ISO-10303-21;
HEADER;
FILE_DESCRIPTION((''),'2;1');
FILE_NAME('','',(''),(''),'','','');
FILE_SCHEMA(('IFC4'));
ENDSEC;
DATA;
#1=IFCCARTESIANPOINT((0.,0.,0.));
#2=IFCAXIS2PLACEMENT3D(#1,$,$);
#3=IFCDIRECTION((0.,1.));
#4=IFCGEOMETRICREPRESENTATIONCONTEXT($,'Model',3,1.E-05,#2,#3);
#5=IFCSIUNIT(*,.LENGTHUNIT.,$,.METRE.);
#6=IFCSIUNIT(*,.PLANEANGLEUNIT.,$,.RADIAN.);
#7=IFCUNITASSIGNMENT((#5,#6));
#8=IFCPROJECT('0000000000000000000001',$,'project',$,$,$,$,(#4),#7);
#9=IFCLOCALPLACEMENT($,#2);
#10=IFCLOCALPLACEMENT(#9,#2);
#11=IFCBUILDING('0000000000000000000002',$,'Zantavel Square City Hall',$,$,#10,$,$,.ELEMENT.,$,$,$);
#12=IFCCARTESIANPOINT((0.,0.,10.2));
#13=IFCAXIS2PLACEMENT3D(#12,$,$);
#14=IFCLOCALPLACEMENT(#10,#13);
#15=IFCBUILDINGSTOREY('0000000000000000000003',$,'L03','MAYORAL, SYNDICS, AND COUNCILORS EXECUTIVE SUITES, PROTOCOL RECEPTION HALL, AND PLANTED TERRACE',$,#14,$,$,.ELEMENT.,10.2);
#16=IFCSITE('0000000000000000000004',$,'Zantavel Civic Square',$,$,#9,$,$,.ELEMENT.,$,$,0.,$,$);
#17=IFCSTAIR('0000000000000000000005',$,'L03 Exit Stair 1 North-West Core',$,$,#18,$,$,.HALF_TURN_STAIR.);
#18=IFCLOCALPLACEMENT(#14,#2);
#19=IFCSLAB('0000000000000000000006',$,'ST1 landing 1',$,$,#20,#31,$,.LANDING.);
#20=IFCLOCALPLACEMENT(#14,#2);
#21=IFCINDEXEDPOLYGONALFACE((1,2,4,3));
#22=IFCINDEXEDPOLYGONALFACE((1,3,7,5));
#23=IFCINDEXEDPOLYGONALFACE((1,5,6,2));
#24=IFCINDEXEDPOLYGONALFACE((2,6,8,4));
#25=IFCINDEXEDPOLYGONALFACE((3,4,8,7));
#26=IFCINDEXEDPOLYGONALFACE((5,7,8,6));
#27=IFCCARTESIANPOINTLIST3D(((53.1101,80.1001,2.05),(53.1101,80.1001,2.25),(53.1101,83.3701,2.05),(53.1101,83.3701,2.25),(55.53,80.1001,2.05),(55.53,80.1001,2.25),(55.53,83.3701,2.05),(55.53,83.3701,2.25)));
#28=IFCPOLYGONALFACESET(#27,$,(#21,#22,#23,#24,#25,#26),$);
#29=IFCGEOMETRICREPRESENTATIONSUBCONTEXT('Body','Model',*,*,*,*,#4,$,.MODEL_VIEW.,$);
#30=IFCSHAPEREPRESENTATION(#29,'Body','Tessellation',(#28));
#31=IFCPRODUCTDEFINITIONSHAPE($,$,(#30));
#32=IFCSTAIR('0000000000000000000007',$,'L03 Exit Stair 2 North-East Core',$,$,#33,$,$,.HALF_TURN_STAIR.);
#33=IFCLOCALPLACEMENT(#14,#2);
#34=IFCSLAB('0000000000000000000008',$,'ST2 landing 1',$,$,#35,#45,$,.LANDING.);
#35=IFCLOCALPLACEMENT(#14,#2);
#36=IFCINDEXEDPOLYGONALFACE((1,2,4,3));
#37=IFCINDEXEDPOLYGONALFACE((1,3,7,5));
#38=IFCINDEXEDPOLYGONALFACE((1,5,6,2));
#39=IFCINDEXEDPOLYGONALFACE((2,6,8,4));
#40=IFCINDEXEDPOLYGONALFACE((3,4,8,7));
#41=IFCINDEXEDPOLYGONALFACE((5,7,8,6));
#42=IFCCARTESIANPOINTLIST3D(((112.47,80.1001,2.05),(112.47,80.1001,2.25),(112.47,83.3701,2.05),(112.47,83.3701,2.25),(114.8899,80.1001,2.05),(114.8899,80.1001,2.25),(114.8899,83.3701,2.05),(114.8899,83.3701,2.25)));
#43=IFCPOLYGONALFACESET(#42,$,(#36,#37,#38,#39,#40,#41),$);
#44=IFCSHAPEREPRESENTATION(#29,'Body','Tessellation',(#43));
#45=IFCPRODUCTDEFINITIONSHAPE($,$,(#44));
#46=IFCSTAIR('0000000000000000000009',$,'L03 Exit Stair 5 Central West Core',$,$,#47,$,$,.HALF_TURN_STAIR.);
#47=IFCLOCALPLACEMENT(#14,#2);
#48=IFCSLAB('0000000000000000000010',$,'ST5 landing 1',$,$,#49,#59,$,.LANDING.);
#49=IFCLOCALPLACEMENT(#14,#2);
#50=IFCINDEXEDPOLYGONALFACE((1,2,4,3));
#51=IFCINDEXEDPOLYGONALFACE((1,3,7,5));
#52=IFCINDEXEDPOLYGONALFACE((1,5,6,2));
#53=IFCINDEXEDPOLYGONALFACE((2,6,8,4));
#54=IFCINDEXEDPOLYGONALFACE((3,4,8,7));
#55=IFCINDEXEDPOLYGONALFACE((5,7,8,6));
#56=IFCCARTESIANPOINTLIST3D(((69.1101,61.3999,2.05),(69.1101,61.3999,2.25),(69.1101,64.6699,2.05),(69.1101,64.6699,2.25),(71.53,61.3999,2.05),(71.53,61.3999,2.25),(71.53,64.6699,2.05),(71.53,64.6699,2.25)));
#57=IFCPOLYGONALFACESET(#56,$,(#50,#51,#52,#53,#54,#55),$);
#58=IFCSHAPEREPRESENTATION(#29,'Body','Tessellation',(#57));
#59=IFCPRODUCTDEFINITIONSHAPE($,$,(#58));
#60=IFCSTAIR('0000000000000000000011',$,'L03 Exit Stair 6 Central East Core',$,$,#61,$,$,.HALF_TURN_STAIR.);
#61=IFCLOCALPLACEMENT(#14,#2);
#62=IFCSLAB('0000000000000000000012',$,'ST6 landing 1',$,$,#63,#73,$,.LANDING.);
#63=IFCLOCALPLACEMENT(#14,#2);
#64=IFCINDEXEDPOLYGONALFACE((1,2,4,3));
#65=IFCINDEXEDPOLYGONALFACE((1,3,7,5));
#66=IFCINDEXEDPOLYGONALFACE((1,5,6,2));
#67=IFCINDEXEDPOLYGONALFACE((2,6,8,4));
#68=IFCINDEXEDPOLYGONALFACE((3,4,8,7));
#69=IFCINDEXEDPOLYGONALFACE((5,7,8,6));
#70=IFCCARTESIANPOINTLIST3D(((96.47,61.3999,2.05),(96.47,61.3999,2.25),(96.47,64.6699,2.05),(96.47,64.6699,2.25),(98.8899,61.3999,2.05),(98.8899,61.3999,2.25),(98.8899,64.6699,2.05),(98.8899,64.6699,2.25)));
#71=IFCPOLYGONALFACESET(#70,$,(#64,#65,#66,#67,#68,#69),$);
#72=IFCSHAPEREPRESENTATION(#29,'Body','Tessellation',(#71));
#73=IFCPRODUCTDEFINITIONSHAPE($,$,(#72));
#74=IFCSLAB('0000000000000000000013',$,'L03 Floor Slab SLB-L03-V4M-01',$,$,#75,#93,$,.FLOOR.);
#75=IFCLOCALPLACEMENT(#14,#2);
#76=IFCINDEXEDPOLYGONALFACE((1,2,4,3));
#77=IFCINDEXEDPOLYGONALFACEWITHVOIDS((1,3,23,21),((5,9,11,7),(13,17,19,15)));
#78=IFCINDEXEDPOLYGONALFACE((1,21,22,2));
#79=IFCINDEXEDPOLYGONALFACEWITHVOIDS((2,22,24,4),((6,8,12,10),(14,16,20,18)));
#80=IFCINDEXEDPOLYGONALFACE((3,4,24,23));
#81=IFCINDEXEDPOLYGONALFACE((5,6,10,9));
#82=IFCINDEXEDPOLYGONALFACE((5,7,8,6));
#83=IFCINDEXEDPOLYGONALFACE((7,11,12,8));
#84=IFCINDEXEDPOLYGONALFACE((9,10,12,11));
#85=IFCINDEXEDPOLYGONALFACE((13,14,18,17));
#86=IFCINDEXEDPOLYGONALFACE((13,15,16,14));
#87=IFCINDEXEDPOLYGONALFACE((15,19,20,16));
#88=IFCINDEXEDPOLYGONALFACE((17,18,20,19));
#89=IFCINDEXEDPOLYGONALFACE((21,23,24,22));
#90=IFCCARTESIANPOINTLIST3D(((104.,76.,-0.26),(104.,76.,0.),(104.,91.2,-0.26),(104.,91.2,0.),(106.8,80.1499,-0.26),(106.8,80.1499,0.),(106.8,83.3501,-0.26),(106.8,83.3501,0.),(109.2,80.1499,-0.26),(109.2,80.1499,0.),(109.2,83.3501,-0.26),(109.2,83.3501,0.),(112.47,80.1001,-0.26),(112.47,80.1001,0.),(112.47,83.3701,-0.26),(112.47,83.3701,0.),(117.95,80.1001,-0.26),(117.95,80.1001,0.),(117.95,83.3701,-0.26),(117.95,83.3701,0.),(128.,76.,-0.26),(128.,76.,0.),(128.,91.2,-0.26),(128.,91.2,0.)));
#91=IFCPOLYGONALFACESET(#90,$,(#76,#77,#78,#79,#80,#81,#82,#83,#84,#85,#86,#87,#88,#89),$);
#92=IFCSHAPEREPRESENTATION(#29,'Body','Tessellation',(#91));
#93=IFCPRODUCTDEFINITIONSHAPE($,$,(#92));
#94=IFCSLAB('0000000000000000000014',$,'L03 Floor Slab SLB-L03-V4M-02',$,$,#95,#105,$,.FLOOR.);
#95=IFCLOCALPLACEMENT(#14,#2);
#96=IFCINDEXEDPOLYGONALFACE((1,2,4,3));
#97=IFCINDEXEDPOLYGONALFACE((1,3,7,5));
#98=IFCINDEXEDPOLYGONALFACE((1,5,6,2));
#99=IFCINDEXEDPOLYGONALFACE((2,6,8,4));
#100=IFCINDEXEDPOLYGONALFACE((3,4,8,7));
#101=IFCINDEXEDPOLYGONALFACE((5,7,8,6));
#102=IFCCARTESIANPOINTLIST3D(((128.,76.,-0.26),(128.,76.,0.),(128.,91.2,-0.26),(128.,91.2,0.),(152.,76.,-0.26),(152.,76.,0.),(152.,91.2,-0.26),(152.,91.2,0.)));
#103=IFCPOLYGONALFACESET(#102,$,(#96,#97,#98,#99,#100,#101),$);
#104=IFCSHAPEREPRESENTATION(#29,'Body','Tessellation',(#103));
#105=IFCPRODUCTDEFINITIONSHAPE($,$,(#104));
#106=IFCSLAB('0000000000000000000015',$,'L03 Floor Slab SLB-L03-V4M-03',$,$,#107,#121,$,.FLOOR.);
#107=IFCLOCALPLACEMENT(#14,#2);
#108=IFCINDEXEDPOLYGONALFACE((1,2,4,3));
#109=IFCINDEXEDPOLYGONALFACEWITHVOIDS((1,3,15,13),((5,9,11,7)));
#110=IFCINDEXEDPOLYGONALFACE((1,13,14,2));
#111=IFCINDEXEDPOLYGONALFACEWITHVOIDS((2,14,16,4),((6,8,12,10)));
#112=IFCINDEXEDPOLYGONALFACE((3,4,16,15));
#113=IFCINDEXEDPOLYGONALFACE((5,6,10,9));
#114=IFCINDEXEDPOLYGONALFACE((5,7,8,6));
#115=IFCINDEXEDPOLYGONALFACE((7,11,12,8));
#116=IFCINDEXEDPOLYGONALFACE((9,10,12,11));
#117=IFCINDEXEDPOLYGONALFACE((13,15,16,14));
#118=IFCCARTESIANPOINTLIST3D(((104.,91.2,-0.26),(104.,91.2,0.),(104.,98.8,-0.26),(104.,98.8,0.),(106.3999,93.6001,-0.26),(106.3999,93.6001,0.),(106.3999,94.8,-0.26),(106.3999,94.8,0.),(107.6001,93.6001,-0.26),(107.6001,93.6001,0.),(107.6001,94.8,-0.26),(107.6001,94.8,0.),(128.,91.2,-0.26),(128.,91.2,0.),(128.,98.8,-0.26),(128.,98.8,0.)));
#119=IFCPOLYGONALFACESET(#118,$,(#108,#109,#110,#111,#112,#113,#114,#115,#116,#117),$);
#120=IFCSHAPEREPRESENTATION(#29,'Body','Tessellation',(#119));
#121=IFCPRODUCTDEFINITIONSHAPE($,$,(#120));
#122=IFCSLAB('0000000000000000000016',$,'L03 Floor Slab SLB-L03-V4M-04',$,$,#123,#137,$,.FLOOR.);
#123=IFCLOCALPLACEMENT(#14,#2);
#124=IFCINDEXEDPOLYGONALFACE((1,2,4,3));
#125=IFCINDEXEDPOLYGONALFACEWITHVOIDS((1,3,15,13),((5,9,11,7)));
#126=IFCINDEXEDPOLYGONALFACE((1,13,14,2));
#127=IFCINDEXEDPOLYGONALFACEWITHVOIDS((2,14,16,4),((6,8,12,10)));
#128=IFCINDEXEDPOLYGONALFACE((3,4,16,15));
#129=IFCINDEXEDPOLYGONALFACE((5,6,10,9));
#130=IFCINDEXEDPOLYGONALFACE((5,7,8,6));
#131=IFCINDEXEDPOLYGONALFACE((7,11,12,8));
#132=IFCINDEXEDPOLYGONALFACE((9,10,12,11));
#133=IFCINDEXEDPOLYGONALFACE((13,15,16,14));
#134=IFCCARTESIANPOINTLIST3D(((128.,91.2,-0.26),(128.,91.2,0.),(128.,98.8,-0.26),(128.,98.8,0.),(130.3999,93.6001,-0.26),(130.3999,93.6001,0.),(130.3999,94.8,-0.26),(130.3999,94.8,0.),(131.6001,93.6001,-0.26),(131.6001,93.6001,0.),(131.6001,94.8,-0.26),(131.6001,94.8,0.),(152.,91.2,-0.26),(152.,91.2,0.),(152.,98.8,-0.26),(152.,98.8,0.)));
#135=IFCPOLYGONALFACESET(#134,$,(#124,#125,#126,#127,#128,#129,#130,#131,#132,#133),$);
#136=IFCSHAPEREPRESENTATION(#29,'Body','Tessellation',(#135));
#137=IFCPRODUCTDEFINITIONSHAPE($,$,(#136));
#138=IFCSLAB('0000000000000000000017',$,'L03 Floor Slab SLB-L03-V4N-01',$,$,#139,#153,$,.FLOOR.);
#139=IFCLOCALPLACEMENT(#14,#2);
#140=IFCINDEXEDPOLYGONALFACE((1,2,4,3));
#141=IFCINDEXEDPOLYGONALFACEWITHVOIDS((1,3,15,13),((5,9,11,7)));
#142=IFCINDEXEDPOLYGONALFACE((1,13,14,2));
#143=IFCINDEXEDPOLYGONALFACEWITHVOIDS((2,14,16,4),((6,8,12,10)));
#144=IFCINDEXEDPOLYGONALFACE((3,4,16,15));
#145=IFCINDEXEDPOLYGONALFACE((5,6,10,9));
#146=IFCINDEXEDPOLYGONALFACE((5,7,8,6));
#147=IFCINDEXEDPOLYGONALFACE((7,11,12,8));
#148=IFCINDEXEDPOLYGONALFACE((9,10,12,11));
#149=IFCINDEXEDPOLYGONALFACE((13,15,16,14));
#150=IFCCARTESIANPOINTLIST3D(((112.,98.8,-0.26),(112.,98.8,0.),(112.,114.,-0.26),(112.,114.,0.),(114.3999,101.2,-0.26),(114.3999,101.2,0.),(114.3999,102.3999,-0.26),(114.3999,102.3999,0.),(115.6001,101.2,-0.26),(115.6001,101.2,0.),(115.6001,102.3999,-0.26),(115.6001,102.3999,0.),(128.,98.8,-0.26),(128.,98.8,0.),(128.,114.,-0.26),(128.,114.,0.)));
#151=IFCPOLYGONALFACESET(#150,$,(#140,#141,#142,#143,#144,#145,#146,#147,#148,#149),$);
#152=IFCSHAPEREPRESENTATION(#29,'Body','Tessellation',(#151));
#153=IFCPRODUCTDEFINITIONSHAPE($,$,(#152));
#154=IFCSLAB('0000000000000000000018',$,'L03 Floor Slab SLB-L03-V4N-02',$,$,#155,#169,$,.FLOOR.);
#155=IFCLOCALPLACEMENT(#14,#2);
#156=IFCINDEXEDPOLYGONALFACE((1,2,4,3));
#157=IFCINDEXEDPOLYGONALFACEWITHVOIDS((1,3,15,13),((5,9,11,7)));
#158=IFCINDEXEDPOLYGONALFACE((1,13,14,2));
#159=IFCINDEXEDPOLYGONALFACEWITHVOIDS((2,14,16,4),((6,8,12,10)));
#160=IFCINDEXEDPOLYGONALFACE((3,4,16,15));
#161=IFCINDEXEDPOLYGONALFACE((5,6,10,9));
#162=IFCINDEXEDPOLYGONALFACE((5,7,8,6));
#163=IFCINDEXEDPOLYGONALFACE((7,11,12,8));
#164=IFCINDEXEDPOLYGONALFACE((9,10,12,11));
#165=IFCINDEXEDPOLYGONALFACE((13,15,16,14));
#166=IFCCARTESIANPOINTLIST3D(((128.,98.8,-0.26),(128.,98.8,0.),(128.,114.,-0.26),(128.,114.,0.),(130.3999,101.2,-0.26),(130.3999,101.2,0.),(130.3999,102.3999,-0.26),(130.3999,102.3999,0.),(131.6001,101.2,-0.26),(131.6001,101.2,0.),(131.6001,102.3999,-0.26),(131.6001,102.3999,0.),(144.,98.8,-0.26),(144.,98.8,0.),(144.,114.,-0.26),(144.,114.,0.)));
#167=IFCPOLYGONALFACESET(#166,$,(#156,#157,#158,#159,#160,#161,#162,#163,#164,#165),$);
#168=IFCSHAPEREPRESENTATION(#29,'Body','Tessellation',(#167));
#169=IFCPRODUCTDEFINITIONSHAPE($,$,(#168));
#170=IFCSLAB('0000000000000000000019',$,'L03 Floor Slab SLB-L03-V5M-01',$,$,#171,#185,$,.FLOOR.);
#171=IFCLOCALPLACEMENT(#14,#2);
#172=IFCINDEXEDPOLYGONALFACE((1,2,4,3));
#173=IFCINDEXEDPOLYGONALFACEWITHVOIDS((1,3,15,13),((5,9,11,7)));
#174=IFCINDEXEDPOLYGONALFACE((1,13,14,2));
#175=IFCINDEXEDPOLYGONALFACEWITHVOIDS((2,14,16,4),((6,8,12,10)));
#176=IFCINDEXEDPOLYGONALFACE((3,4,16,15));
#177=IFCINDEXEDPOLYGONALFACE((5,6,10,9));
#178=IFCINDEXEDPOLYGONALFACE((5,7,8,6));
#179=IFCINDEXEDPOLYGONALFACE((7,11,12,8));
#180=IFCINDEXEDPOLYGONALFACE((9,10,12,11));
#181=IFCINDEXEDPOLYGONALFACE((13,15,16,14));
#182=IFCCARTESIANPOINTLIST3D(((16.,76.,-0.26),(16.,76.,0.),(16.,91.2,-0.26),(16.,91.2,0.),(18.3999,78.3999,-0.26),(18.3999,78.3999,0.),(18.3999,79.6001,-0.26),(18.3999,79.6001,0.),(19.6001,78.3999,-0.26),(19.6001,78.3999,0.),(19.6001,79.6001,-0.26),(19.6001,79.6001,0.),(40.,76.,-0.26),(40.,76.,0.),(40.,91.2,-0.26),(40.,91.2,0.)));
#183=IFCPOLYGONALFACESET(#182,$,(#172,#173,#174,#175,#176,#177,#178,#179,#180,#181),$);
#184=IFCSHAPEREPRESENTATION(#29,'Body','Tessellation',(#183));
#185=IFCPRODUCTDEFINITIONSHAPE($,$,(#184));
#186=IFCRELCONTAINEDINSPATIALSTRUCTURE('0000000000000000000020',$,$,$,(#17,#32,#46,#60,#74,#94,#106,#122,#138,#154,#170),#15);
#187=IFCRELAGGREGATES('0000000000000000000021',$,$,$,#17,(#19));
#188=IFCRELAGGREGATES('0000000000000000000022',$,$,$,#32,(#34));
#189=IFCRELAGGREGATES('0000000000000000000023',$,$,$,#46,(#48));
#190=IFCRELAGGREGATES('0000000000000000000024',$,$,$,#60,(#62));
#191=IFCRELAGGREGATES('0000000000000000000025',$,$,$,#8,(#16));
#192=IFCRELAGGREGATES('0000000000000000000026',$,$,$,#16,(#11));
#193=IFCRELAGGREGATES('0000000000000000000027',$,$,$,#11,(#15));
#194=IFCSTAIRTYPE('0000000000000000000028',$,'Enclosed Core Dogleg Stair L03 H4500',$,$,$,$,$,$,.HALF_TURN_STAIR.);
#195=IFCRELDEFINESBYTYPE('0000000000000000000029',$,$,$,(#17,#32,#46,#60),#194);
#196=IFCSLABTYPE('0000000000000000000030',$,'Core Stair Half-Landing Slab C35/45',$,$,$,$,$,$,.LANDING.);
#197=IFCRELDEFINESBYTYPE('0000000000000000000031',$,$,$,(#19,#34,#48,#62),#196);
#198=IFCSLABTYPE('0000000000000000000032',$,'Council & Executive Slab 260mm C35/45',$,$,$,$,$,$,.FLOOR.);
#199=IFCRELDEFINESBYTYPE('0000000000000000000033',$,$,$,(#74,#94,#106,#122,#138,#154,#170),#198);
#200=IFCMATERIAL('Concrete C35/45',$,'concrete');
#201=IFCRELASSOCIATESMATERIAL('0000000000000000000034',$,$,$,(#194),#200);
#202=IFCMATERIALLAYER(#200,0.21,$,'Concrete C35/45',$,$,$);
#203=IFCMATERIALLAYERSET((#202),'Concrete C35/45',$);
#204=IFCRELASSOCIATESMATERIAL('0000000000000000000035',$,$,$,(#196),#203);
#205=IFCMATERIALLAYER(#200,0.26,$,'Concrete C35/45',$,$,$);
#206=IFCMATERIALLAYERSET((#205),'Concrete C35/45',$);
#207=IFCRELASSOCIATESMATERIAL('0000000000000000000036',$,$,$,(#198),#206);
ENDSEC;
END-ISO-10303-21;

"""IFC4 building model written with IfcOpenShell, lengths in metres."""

from ifc_helpers import new_model, si_unit, direction, frame, origin, place, context, subcontext, project, spatial, polyline, outline, extrude, material, layer, layer_set, type_object, element, aggregate, save


model = new_model("IFC4")

# Units and contexts
model_context = context("Model", 3, precision=1e-05, world=origin(), true_north=direction((0.0, 1.0)))
body_context = subcontext(model_context, "Body", "Model", "MODEL_VIEW")
ifc_project = project(units=[si_unit("LENGTHUNIT", "METRE"), si_unit("PLANEANGLEUNIT", "RADIAN")], contexts=[model_context])

# Site, building, storey
site_placement = place(None, origin())
site = spatial("IfcSite", under=ifc_project, at=site_placement, Name="Zantavel Civic Square", CompositionType="ELEMENT", RefElevation=0.0)
building_placement = place(site_placement, origin())
building = spatial("IfcBuilding", under=site, at=building_placement, Name="Zantavel Square City Hall", CompositionType="ELEMENT")
storey_placement = place(building_placement, frame((0.0, 0.0, 10.2)))
storey = spatial("IfcBuildingStorey", under=building, at=storey_placement, Name="L03", Description="MAYORAL, SYNDICS, AND COUNCILORS EXECUTIVE SUITES, PROTOCOL RECEPTION HALL, AND PLANTED TERRACE", CompositionType="ELEMENT", Elevation=10.2)

# Stairs, slabs
ifc_material_1 = material(Name="Concrete C35/45", Category="concrete")
stair_type = type_object("IfcStairType", Name="Enclosed Core Dogleg Stair L03 H4500", PredefinedType="HALF_TURN_STAIR", material=ifc_material_1)
stair_1_placement = place(storey_placement, origin())
stair_1 = element("IfcStair", 1, at=stair_1_placement, inside=storey, type_object=stair_type, Name="L03 Exit Stair 1 North-West Core", PredefinedType="HALF_TURN_STAIR")
ifc_layer_1 = layer(ifc_material_1, 0.21, Name="Concrete C35/45")
ifc_layer_set_1 = layer_set([ifc_layer_1], Name="Concrete C35/45")
slab_type_1 = type_object("IfcSlabType", Name="Core Stair Half-Landing Slab C35/45", PredefinedType="LANDING", material=ifc_layer_set_1)
slab_1_placement = place(storey_placement, frame((0.0, 0.0, 2.05)))
slab_1 = element("IfcSlab", 2, at=slab_1_placement, type_object=slab_type_1, Name="ST1 landing 1", PredefinedType="LANDING", context=body_context, shape_type="SweptSolid", body=[
    extrude(outline(polyline([(53.1101, 80.1001), (55.53, 80.1001), (55.53, 83.3701), (53.1101, 83.3701), (53.1101, 80.1001)])), origin(), (0.0, 0.0, 1.0), 0.2),
])
aggregate(stair_1, [slab_1])
stair_2_placement = place(storey_placement, origin())
stair_2 = element("IfcStair", 3, at=stair_2_placement, inside=storey, type_object=stair_type, Name="L03 Exit Stair 2 North-East Core", PredefinedType="HALF_TURN_STAIR")
slab_2_placement = place(storey_placement, frame((0.0, 0.0, 2.05)))
slab_2 = element("IfcSlab", 4, at=slab_2_placement, type_object=slab_type_1, Name="ST2 landing 1", PredefinedType="LANDING", context=body_context, shape_type="SweptSolid", body=[
    extrude(outline(polyline([(114.8899, 83.3701), (112.47, 83.3701), (112.47, 80.1001), (114.8899, 80.1001), (114.8899, 83.3701)])), origin(), (0.0, 0.0, 1.0), 0.2),
])
aggregate(stair_2, [slab_2])
stair_3_placement = place(storey_placement, origin())
stair_3 = element("IfcStair", 5, at=stair_3_placement, inside=storey, type_object=stair_type, Name="L03 Exit Stair 5 Central West Core", PredefinedType="HALF_TURN_STAIR")
slab_3_placement = place(storey_placement, frame((0.0, 0.0, 2.05)))
slab_3 = element("IfcSlab", 6, at=slab_3_placement, type_object=slab_type_1, Name="ST5 landing 1", PredefinedType="LANDING", context=body_context, shape_type="SweptSolid", body=[
    extrude(outline(polyline([(69.1101, 61.3999), (71.53, 61.3999), (71.53, 64.6699), (69.1101, 64.6699), (69.1101, 61.3999)])), origin(), (0.0, 0.0, 1.0), 0.2),
])
aggregate(stair_3, [slab_3])
stair_4_placement = place(storey_placement, origin())
stair_4 = element("IfcStair", 7, at=stair_4_placement, inside=storey, type_object=stair_type, Name="L03 Exit Stair 6 Central East Core", PredefinedType="HALF_TURN_STAIR")
slab_4_placement = place(storey_placement, frame((0.0, 0.0, 2.05)))
slab_4 = element("IfcSlab", 8, at=slab_4_placement, type_object=slab_type_1, Name="ST6 landing 1", PredefinedType="LANDING", context=body_context, shape_type="SweptSolid", body=[
    extrude(outline(polyline([(98.8899, 64.6699), (96.47, 64.6699), (96.47, 61.3999), (98.8899, 61.3999), (98.8899, 64.6699)])), origin(), (0.0, 0.0, 1.0), 0.2),
])
aggregate(stair_4, [slab_4])

# Slabs
ifc_layer_2 = layer(ifc_material_1, 0.26, Name="Concrete C35/45")
ifc_layer_set_2 = layer_set([ifc_layer_2], Name="Concrete C35/45")
slab_type_2 = type_object("IfcSlabType", Name="Council & Executive Slab 260mm C35/45", PredefinedType="FLOOR", material=ifc_layer_set_2)
slab_5_placement = place(storey_placement, frame((0.0, 0.0, -0.26)))
element("IfcSlab", 9, at=slab_5_placement, inside=storey, type_object=slab_type_2, Name="L03 Floor Slab SLB-L03-V4M-01", PredefinedType="FLOOR", context=body_context, shape_type="SweptSolid", body=[
    extrude(outline(polyline([(128.0, 91.2), (128.0, 76.0), (104.0, 76.0), (104.0, 91.2), (128.0, 91.2)]), holes=[polyline([(112.47, 83.3701), (112.47, 80.1001), (117.95, 80.1001), (117.95, 83.3701), (112.47, 83.3701)]), polyline([(109.2, 83.3501), (106.8, 83.3501), (106.8, 80.1499), (109.2, 80.1499), (109.2, 83.3501)])]), origin(), (0.0, 0.0, 1.0), 0.26),
])
slab_6_placement = place(storey_placement, frame((0.0, 0.0, -0.26)))
element("IfcSlab", 10, at=slab_6_placement, inside=storey, type_object=slab_type_2, Name="L03 Floor Slab SLB-L03-V4M-02", PredefinedType="FLOOR", context=body_context, shape_type="SweptSolid", body=[
    extrude(outline(polyline([(152.0, 91.2), (152.0, 76.0), (128.0, 76.0), (128.0, 91.2), (152.0, 91.2)])), origin(), (0.0, 0.0, 1.0), 0.26),
])
slab_7_placement = place(storey_placement, frame((0.0, 0.0, -0.26)))
element("IfcSlab", 11, at=slab_7_placement, inside=storey, type_object=slab_type_2, Name="L03 Floor Slab SLB-L03-V4M-03", PredefinedType="FLOOR", context=body_context, shape_type="SweptSolid", body=[
    extrude(outline(polyline([(128.0, 98.8), (128.0, 91.2), (104.0, 91.2), (104.0, 98.8), (128.0, 98.8)]), holes=[polyline([(107.6001, 94.8), (106.3999, 94.8), (106.3999, 93.6001), (107.6001, 93.6001), (107.6001, 94.8)])]), origin(), (0.0, 0.0, 1.0), 0.26),
])
slab_8_placement = place(storey_placement, frame((0.0, 0.0, -0.26)))
element("IfcSlab", 12, at=slab_8_placement, inside=storey, type_object=slab_type_2, Name="L03 Floor Slab SLB-L03-V4M-04", PredefinedType="FLOOR", context=body_context, shape_type="SweptSolid", body=[
    extrude(outline(polyline([(152.0, 91.2), (128.0, 91.2), (128.0, 98.8), (152.0, 98.8), (152.0, 91.2)]), holes=[polyline([(131.6001, 94.8), (130.3999, 94.8), (130.3999, 93.6001), (131.6001, 93.6001), (131.6001, 94.8)])]), origin(), (0.0, 0.0, 1.0), 0.26),
])
slab_9_placement = place(storey_placement, frame((0.0, 0.0, -0.26)))
element("IfcSlab", 13, at=slab_9_placement, inside=storey, type_object=slab_type_2, Name="L03 Floor Slab SLB-L03-V4N-01", PredefinedType="FLOOR", context=body_context, shape_type="SweptSolid", body=[
    extrude(outline(polyline([(128.0, 114.0), (128.0, 98.8), (112.0, 98.8), (112.0, 114.0), (128.0, 114.0)]), holes=[polyline([(115.6001, 102.3999), (114.3999, 102.3999), (114.3999, 101.2), (115.6001, 101.2), (115.6001, 102.3999)])]), origin(), (0.0, 0.0, 1.0), 0.26),
])
slab_10_placement = place(storey_placement, frame((0.0, 0.0, -0.26)))
element("IfcSlab", 14, at=slab_10_placement, inside=storey, type_object=slab_type_2, Name="L03 Floor Slab SLB-L03-V4N-02", PredefinedType="FLOOR", context=body_context, shape_type="SweptSolid", body=[
    extrude(outline(polyline([(144.0, 98.8), (128.0, 98.8), (128.0, 114.0), (144.0, 114.0), (144.0, 98.8)]), holes=[polyline([(131.6001, 102.3999), (130.3999, 102.3999), (130.3999, 101.2), (131.6001, 101.2), (131.6001, 102.3999)])]), origin(), (0.0, 0.0, 1.0), 0.26),
])
slab_11_placement = place(storey_placement, frame((0.0, 0.0, -0.26)))
element("IfcSlab", 15, at=slab_11_placement, inside=storey, type_object=slab_type_2, Name="L03 Floor Slab SLB-L03-V5M-01", PredefinedType="FLOOR", context=body_context, shape_type="SweptSolid", body=[
    extrude(outline(polyline([(40.0, 91.2), (40.0, 76.0), (16.0, 76.0), (16.0, 91.2), (40.0, 91.2)]), holes=[polyline([(19.6001, 79.6001), (18.3999, 79.6001), (18.3999, 78.3999), (19.6001, 78.3999), (19.6001, 79.6001)])]), origin(), (0.0, 0.0, 1.0), 0.26),
])

save(model, "model.ifc")
